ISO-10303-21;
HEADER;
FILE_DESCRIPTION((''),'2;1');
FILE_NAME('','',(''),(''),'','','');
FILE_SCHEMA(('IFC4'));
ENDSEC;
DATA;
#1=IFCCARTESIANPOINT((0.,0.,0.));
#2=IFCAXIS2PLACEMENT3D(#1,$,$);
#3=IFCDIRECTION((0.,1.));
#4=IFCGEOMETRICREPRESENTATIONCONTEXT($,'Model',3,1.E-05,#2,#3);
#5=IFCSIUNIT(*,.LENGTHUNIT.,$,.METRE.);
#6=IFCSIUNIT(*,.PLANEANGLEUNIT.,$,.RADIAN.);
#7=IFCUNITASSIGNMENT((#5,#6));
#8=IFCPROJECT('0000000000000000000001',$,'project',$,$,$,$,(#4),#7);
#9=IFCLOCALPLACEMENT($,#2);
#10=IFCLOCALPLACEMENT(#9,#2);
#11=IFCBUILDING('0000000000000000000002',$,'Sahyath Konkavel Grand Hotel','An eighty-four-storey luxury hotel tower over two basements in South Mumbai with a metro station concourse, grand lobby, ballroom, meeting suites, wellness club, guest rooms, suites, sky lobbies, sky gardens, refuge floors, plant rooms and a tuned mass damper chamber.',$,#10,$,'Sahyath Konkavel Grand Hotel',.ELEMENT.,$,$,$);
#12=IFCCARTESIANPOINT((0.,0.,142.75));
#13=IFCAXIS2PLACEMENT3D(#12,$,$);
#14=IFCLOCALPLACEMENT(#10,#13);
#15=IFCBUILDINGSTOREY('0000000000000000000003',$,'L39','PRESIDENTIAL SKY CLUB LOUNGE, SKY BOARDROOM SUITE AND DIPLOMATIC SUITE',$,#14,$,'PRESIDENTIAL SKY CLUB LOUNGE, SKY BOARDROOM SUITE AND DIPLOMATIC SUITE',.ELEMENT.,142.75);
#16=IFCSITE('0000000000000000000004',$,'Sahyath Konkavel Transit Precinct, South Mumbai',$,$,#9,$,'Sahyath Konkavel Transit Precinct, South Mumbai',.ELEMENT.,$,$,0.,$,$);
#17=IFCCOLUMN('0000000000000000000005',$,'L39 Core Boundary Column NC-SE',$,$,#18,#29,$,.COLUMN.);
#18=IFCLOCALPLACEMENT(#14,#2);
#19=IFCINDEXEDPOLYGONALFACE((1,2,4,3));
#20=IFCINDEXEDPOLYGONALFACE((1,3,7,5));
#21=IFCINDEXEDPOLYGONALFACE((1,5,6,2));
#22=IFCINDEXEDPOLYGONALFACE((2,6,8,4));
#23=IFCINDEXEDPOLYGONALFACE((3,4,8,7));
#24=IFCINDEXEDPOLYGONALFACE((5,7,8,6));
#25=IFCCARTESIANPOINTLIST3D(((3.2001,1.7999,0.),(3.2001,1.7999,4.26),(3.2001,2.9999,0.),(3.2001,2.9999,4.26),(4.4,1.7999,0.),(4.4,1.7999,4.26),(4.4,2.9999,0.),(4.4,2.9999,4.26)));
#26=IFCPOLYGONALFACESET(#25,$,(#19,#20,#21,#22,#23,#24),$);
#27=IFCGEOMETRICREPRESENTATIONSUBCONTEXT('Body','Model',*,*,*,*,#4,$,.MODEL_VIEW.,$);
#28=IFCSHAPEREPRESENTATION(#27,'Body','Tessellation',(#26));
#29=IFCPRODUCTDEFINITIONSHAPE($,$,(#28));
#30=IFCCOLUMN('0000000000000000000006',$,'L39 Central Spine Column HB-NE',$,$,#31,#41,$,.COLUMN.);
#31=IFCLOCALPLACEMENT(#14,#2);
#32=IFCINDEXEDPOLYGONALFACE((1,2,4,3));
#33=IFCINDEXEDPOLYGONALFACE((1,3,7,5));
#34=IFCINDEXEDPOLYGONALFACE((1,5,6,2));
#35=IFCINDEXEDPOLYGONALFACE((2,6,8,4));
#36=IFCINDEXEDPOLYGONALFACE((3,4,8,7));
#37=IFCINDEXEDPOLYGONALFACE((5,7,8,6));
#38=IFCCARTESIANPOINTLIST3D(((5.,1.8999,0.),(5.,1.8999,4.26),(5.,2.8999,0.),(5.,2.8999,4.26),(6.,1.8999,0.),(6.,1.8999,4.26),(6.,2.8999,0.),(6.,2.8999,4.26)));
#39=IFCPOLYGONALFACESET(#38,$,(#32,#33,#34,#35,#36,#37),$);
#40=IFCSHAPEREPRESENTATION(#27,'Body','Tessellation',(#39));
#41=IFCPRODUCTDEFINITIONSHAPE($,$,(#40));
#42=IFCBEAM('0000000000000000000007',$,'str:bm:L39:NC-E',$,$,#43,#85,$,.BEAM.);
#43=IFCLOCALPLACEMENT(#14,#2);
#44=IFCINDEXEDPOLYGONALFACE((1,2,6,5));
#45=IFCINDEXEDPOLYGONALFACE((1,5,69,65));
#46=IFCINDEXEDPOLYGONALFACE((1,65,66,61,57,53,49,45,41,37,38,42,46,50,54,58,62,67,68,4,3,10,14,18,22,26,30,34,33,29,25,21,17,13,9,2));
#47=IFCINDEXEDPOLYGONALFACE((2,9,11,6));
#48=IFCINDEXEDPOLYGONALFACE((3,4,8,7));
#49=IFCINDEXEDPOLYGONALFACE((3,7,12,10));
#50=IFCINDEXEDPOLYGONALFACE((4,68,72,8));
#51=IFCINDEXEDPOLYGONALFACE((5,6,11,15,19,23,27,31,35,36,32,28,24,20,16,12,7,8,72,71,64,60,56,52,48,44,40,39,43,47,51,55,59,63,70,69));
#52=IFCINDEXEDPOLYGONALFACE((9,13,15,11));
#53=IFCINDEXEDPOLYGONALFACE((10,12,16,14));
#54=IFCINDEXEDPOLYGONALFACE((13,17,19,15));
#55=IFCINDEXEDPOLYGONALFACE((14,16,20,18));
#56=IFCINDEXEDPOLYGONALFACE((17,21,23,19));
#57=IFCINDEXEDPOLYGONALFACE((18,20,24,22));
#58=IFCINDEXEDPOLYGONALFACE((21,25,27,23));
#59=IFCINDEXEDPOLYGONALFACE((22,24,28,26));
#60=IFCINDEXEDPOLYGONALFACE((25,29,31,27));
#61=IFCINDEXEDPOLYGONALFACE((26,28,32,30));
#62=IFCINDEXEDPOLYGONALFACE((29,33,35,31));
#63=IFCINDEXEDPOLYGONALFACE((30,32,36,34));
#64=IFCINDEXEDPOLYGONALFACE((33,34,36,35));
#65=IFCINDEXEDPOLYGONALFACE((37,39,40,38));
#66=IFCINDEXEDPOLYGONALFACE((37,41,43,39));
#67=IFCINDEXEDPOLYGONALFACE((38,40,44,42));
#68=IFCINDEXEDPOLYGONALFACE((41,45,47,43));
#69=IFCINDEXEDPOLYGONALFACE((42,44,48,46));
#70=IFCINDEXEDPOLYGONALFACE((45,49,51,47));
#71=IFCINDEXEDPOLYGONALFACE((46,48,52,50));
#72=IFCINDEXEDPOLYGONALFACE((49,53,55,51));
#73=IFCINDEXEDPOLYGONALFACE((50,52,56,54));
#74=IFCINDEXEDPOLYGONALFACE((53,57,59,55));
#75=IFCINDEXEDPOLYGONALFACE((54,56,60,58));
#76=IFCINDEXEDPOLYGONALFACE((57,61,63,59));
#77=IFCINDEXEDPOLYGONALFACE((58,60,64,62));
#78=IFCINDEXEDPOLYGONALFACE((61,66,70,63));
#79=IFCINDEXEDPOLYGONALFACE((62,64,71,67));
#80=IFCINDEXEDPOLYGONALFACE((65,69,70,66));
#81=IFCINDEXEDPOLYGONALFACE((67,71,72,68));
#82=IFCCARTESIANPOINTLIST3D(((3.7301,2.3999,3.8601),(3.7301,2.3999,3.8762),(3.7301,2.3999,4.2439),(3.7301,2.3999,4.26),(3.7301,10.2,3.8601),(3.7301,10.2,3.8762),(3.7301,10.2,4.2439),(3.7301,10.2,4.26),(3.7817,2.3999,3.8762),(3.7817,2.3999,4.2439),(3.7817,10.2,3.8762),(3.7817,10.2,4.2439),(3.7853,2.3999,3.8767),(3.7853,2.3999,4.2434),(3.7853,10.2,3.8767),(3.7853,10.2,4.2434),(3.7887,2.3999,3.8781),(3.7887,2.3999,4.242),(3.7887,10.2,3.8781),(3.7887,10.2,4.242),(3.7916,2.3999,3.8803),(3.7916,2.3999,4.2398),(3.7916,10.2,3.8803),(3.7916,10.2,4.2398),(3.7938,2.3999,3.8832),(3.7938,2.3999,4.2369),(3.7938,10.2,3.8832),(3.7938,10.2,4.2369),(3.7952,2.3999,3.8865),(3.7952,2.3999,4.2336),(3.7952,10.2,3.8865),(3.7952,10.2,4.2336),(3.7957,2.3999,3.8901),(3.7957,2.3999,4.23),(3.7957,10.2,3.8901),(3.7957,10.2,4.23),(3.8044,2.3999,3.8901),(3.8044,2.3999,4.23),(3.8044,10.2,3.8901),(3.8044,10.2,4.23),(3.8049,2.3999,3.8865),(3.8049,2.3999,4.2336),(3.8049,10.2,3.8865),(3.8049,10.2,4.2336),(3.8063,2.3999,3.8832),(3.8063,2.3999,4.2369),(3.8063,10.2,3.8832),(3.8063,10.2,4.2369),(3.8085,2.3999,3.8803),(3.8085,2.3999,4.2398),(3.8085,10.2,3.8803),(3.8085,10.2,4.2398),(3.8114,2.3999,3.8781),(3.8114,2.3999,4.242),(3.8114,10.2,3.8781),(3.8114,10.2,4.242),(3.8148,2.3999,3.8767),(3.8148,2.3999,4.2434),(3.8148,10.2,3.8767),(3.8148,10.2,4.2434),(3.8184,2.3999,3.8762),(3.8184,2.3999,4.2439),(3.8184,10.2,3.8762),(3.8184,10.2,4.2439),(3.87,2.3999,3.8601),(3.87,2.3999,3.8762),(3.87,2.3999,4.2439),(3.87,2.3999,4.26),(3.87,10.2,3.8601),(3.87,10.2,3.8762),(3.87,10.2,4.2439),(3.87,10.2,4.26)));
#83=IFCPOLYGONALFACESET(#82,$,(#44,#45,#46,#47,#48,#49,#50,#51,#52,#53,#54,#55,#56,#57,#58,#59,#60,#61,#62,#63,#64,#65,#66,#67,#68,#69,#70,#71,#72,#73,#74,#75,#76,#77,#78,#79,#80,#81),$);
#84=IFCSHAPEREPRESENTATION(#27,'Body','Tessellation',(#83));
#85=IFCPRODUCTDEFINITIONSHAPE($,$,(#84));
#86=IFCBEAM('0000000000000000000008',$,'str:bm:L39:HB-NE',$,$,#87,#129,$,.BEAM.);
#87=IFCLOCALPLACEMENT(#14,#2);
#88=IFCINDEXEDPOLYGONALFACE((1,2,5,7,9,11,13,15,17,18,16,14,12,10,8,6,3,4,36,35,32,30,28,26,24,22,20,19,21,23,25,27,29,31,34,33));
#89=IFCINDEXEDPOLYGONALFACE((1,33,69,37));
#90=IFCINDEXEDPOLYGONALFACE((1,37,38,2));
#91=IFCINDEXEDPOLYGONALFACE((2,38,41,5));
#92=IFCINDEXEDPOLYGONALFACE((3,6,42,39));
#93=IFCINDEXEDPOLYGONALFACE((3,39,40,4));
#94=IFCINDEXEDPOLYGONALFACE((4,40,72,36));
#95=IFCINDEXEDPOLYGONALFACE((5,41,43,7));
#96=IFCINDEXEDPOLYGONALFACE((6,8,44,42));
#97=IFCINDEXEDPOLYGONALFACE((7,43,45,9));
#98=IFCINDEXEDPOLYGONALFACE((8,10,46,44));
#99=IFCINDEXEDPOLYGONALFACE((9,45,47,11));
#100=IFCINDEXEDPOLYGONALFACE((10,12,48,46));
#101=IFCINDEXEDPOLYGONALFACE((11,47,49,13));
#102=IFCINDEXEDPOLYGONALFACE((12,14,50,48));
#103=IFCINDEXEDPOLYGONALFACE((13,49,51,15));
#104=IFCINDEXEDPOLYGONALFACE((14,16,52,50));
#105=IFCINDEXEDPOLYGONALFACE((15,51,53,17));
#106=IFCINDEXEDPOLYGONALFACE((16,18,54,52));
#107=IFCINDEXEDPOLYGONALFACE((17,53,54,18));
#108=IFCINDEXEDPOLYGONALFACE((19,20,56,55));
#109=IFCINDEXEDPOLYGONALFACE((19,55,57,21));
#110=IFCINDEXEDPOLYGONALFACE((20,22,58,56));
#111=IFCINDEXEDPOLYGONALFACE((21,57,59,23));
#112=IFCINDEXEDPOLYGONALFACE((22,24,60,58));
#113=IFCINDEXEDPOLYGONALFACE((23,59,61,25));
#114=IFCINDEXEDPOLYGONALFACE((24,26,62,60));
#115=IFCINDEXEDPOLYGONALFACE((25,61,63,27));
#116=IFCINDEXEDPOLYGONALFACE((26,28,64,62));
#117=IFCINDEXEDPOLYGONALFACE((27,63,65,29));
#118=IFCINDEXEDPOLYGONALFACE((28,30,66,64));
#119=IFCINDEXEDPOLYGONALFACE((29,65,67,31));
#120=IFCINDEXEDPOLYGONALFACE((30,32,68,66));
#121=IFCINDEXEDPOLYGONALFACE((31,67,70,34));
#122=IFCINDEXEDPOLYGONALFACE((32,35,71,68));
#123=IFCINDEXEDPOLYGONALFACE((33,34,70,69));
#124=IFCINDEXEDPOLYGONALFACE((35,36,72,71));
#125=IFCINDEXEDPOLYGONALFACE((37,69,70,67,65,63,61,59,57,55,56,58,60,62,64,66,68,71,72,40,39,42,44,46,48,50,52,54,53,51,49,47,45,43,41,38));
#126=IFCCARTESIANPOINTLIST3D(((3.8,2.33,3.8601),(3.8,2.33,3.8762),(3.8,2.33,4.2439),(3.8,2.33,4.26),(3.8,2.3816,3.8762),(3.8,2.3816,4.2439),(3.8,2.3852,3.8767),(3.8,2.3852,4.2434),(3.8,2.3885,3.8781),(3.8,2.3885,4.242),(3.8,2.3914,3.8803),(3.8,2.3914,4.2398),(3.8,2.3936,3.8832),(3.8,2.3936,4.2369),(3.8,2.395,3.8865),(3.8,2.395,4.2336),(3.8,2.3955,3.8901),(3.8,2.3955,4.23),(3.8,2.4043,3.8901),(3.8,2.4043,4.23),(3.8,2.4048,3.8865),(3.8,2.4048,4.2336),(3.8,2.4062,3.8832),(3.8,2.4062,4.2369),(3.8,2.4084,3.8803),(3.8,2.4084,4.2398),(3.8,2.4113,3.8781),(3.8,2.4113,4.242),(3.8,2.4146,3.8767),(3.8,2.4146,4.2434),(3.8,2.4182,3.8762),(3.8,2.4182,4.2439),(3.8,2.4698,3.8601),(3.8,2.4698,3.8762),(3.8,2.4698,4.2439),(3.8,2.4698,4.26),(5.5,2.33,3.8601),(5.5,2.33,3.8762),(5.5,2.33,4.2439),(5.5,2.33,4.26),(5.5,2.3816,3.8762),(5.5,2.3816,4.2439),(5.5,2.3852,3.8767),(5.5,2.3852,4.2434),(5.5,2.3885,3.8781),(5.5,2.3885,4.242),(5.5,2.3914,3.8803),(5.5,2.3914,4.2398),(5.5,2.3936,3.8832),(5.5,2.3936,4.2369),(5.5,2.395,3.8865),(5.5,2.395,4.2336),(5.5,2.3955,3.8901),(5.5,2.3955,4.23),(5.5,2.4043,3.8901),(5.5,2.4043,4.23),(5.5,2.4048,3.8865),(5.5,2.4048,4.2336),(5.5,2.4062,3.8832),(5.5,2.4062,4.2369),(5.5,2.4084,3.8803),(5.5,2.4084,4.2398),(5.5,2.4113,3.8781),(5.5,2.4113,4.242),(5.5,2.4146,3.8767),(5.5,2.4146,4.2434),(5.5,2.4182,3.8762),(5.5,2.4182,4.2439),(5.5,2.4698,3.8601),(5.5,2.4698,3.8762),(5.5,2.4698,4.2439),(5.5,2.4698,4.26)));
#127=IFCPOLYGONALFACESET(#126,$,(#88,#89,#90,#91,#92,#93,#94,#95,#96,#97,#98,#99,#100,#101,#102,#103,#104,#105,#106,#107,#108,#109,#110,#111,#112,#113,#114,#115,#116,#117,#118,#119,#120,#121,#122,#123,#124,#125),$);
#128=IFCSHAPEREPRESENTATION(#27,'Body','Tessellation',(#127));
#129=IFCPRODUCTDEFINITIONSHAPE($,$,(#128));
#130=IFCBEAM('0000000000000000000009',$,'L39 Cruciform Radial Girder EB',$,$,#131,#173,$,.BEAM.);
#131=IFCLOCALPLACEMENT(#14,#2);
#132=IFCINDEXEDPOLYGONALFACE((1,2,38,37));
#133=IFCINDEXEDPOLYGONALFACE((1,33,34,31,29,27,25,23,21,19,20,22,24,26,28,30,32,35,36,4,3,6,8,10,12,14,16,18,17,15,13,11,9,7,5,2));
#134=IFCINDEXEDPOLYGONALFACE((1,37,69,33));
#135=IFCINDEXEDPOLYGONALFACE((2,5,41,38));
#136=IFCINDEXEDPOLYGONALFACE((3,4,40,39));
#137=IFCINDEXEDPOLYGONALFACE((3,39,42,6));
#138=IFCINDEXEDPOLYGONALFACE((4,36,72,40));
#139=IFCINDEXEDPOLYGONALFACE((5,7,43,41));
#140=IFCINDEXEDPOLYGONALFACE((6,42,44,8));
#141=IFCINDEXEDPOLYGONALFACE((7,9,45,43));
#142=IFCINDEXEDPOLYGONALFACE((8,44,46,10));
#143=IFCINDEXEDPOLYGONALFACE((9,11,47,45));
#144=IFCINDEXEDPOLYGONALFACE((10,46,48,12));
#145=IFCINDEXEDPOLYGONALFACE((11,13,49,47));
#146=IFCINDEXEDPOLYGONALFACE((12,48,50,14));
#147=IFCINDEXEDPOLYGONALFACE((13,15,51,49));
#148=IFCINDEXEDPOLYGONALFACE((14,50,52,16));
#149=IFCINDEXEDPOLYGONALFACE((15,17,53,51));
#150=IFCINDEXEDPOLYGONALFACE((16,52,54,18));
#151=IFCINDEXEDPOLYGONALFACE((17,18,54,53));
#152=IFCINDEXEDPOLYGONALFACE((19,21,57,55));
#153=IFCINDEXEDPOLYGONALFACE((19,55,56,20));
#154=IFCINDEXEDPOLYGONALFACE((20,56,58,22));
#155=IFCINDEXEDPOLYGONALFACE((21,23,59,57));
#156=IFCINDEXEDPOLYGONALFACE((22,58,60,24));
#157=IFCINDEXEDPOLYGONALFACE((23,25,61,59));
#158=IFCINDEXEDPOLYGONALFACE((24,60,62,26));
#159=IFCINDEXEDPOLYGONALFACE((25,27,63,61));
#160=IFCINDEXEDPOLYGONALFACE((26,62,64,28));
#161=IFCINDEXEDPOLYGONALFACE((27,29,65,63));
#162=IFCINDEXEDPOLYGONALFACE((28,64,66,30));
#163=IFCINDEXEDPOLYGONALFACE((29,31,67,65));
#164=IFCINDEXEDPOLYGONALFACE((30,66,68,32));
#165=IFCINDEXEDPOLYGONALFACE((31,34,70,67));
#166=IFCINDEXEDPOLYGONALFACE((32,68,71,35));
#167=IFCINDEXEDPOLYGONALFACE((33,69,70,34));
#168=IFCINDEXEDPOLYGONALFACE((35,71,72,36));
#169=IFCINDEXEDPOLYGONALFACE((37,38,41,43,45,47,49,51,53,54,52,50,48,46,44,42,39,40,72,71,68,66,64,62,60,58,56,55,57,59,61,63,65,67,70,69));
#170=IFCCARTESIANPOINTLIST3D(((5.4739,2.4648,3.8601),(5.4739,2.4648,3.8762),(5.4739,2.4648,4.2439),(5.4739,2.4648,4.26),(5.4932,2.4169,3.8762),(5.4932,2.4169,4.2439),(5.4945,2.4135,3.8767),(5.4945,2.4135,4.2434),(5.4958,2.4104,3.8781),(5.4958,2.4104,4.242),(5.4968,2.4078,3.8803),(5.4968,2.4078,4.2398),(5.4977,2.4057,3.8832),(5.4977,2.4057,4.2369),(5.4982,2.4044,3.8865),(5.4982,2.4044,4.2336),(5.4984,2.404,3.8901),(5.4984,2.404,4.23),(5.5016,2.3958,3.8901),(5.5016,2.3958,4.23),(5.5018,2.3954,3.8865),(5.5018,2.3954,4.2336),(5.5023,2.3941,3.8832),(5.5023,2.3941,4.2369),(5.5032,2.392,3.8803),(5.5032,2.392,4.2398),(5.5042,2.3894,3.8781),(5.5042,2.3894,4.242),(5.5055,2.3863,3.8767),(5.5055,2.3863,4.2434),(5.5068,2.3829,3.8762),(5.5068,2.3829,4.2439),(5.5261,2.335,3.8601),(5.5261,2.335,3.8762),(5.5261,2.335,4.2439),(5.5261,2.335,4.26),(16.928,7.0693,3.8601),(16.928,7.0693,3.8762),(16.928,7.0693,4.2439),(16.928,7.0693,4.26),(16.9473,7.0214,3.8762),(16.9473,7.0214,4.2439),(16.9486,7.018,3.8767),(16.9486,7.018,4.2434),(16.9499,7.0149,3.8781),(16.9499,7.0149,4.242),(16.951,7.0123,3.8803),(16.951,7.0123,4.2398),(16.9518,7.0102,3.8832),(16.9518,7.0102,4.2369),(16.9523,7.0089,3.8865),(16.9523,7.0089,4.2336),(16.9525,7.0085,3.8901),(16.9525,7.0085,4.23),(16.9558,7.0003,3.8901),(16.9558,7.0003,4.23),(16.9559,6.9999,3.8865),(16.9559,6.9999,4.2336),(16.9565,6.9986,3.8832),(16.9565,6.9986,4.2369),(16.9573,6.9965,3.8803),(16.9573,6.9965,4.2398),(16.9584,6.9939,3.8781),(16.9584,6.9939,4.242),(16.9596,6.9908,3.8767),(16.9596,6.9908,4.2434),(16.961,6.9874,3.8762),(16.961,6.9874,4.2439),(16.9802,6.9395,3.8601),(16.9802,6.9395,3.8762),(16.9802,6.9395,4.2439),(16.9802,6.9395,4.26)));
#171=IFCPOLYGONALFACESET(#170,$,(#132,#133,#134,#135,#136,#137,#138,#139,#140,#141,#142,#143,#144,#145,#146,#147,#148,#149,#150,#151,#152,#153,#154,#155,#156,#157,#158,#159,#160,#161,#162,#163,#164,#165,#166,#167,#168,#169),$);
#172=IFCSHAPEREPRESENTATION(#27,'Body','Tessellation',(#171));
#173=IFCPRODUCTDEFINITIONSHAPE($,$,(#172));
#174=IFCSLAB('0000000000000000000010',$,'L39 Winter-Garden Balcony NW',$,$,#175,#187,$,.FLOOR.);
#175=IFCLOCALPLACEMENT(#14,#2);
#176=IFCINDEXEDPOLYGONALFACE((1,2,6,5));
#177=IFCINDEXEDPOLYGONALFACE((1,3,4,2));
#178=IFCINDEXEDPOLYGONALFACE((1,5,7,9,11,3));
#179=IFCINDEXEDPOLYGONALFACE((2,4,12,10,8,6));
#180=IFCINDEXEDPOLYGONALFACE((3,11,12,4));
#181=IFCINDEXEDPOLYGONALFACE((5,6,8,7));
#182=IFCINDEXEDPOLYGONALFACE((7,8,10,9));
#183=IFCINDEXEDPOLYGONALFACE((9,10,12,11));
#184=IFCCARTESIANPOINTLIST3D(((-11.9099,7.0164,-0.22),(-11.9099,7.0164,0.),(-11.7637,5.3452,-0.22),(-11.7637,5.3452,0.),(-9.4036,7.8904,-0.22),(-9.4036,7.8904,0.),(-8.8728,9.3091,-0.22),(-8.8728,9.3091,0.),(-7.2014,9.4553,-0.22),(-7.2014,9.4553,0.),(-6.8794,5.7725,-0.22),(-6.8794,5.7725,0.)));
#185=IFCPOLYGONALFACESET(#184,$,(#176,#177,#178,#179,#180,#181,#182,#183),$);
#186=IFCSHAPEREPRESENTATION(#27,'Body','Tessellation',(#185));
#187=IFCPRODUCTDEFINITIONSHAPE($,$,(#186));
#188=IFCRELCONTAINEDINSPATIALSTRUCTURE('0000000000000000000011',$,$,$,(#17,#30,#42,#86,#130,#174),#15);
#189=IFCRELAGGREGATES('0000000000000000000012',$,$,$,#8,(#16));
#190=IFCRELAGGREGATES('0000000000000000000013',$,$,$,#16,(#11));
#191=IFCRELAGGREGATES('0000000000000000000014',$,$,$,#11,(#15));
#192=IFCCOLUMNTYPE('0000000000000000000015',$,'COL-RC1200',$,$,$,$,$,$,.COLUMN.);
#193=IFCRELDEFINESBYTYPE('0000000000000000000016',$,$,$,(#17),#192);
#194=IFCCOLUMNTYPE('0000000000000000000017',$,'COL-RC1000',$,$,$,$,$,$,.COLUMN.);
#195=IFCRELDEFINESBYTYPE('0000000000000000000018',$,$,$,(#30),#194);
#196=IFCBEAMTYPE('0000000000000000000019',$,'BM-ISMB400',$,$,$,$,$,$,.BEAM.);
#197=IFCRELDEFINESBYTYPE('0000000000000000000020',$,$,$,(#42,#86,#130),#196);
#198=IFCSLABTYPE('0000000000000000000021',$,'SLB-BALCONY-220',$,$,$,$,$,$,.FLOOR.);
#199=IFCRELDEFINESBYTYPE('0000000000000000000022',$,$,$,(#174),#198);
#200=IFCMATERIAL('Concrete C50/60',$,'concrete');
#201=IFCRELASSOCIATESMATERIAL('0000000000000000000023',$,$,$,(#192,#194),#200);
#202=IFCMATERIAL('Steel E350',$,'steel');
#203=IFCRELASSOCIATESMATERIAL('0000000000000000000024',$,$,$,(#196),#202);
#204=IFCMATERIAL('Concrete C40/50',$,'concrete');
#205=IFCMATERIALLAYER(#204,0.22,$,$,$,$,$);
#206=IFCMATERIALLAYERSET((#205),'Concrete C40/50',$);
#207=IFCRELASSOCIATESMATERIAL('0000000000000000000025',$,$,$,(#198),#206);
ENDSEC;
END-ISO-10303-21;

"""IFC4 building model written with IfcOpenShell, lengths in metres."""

from ifc_helpers import new_model, si_unit, direction, frame, origin, origin_2d, place, context, subcontext, project, spatial, polyline, rectangle, i_section, outline, extrude, source, transform, mapped, material, layer, layer_set, material_profile, profile_set, type_object, element, save


model = new_model("IFC4")

# Units and contexts
model_context = context("Model", 3, precision=1e-05, world=origin(), true_north=direction((0.0, 1.0)))
body_context = subcontext(model_context, "Body", "Model", "MODEL_VIEW")
ifc_project = project(units=[si_unit("LENGTHUNIT", "METRE"), si_unit("PLANEANGLEUNIT", "RADIAN")], contexts=[model_context])

# Site, building, storey
site_placement = place(None, origin())
site = spatial("IfcSite", under=ifc_project, at=site_placement, Name="Sahyath Konkavel Transit Precinct, South Mumbai", LongName="Sahyath Konkavel Transit Precinct, South Mumbai", CompositionType="ELEMENT", RefElevation=0.0)
building_placement = place(site_placement, origin())
building = spatial("IfcBuilding", under=site, at=building_placement, Name="Sahyath Konkavel Grand Hotel", Description="An eighty-four-storey luxury hotel tower over two basements in South Mumbai with a metro station concourse, grand lobby, ballroom, meeting suites, wellness club, guest rooms, suites, sky lobbies, sky gardens, refuge floors, plant rooms and a tuned mass damper chamber.", LongName="Sahyath Konkavel Grand Hotel", CompositionType="ELEMENT")
storey_placement = place(building_placement, frame((0.0, 0.0, 142.75)))
storey = spatial("IfcBuildingStorey", under=building, at=storey_placement, Name="L39", Description="PRESIDENTIAL SKY CLUB LOUNGE, SKY BOARDROOM SUITE AND DIPLOMATIC SUITE", LongName="PRESIDENTIAL SKY CLUB LOUNGE, SKY BOARDROOM SUITE AND DIPLOMATIC SUITE", CompositionType="ELEMENT", Elevation=142.75)

# Columns
ifc_material_1 = material(Name="Concrete C50/60", Category="concrete")
ifc_material_profile_1 = material_profile(ifc_material_1, rectangle(XDim=1.2, YDim=1.2, at=origin_2d()), Name="RC 1200x1200")
ifc_profile_set_1 = profile_set([ifc_material_profile_1], Name="Concrete C50/60")
column_type_1 = type_object("IfcColumnType", Name="COL-RC1200", PredefinedType="COLUMN", material=ifc_profile_set_1)
shared_shape_1 = source(origin(), body_context, "Body", "SweptSolid", [
    extrude(rectangle(XDim=1.2, YDim=1.2, at=origin_2d()), origin(), (0.0, 0.0, 1.0), 4.26),
])
column_1_placement = place(storey_placement, frame((3.8, 2.3999, 0.0), z_axis=(0.0, 0.0, 1.0), x_axis=(1.0, 0.0, 0.0)))
element("IfcColumn", 1, at=column_1_placement, inside=storey, type_object=column_type_1, Name="L39 Core Boundary Column NC-SE", PredefinedType="COLUMN", context=body_context, shape_type="MappedRepresentation", body=[
    mapped(shared_shape_1, transform((0.0, 0.0, 0.0), scale=1.0)),
])
ifc_material_profile_2 = material_profile(ifc_material_1, rectangle(XDim=1.0, YDim=1.0, at=origin_2d()), Name="RC 1000x1000")
ifc_profile_set_2 = profile_set([ifc_material_profile_2], Name="Concrete C50/60")
column_type_2 = type_object("IfcColumnType", Name="COL-RC1000", PredefinedType="COLUMN", material=ifc_profile_set_2)
shared_shape_2 = source(origin(), body_context, "Body", "SweptSolid", [
    extrude(rectangle(XDim=1.0, YDim=1.0, at=origin_2d()), origin(), (0.0, 0.0, 1.0), 4.26),
])
column_2_placement = place(storey_placement, frame((5.5, 2.3999, 0.0), z_axis=(0.0, 0.0, 1.0), x_axis=(1.0, 0.0, 0.0)))
element("IfcColumn", 2, at=column_2_placement, inside=storey, type_object=column_type_2, Name="L39 Central Spine Column HB-NE", PredefinedType="COLUMN", context=body_context, shape_type="MappedRepresentation", body=[
    mapped(shared_shape_2, transform((0.0, 0.0, 0.0), scale=1.0)),
])

# Beams
ifc_material_2 = material(Name="Steel E350", Category="steel")
ifc_material_profile_3 = material_profile(ifc_material_2, i_section(OverallWidth=0.1399, OverallDepth=0.3999, WebThickness=0.0088, FlangeThickness=0.0161, FilletRadius=0.0139, at=origin_2d()), Name="ISMB 400")
ifc_profile_set_3 = profile_set([ifc_material_profile_3], Name="Steel E350")
beam_type = type_object("IfcBeamType", Name="BM-ISMB400", PredefinedType="BEAM", material=ifc_profile_set_3)
shared_shape_3 = source(origin(), body_context, "Body", "SweptSolid", [
    extrude(i_section(OverallWidth=0.1399, OverallDepth=0.3999, WebThickness=0.0088, FlangeThickness=0.0161, FilletRadius=0.0139, at=origin_2d()), origin(), (0.0, 0.0, 1.0), 7.8),
])
beam_1_placement = place(storey_placement, frame((3.8, 2.3999, 4.0601), z_axis=(0.0, 1.0, 0.0), x_axis=(-1.0, 0.0, 0.0)))
element("IfcBeam", 3, at=beam_1_placement, inside=storey, type_object=beam_type, Name="str:bm:L39:NC-E", PredefinedType="BEAM", context=body_context, shape_type="MappedRepresentation", body=[
    mapped(shared_shape_3, transform((0.0, 0.0, 0.0), scale=1.0)),
])
shared_shape_4 = source(origin(), body_context, "Body", "SweptSolid", [
    extrude(i_section(OverallWidth=0.1399, OverallDepth=0.3999, WebThickness=0.0088, FlangeThickness=0.0161, FilletRadius=0.0139, at=origin_2d()), origin(), (0.0, 0.0, 1.0), 1.7),
])
beam_2_placement = place(storey_placement, frame((3.8, 2.3999, 4.0601), z_axis=(1.0, 0.0, 0.0), x_axis=(0.0, 1.0, 0.0)))
element("IfcBeam", 4, at=beam_2_placement, inside=storey, type_object=beam_type, Name="str:bm:L39:HB-NE", PredefinedType="BEAM", context=body_context, shape_type="MappedRepresentation", body=[
    mapped(shared_shape_4, transform((0.0, 0.0, 0.0), scale=1.0)),
])
shared_shape_5 = source(origin(), body_context, "Body", "SweptSolid", [
    extrude(i_section(OverallWidth=0.1399, OverallDepth=0.3999, WebThickness=0.0088, FlangeThickness=0.0161, FilletRadius=0.0139, at=origin_2d()), origin(), (0.0, 0.0, 1.0), 12.345),
])
beam_3_placement = place(storey_placement, frame((5.5, 2.3999, 4.0601), z_axis=(0.927837, 0.372986, 0.0), x_axis=(-0.372986, 0.927837, 0.0)))
element("IfcBeam", 5, at=beam_3_placement, inside=storey, type_object=beam_type, Name="L39 Cruciform Radial Girder EB", PredefinedType="BEAM", context=body_context, shape_type="MappedRepresentation", body=[
    mapped(shared_shape_5, transform((0.0, 0.0, 0.0), scale=1.0)),
])

# Slab
ifc_material_3 = material(Name="Concrete C40/50", Category="concrete")
ifc_layer_1 = layer(ifc_material_3, 0.22)
ifc_layer_set_1 = layer_set([ifc_layer_1], Name="Concrete C40/50")
slab_type = type_object("IfcSlabType", Name="SLB-BALCONY-220", PredefinedType="FLOOR", material=ifc_layer_set_1)
slab_1_placement = place(storey_placement, frame((0.0, 0.0, -0.22)))
element("IfcSlab", 6, at=slab_1_placement, inside=storey, type_object=slab_type, Name="L39 Winter-Garden Balcony NW", PredefinedType="FLOOR", context=body_context, shape_type="SweptSolid", body=[
    extrude(outline(polyline([(-6.8794, 5.7725), (-7.2014, 9.4553), (-8.8728, 9.3091), (-9.4036, 7.8904), (-11.9099, 7.0164), (-11.7637, 5.3452), (-6.8794, 5.7725)])), origin(), (0.0, 0.0, 1.0), 0.22),
])

save(model, "model.ifc")
